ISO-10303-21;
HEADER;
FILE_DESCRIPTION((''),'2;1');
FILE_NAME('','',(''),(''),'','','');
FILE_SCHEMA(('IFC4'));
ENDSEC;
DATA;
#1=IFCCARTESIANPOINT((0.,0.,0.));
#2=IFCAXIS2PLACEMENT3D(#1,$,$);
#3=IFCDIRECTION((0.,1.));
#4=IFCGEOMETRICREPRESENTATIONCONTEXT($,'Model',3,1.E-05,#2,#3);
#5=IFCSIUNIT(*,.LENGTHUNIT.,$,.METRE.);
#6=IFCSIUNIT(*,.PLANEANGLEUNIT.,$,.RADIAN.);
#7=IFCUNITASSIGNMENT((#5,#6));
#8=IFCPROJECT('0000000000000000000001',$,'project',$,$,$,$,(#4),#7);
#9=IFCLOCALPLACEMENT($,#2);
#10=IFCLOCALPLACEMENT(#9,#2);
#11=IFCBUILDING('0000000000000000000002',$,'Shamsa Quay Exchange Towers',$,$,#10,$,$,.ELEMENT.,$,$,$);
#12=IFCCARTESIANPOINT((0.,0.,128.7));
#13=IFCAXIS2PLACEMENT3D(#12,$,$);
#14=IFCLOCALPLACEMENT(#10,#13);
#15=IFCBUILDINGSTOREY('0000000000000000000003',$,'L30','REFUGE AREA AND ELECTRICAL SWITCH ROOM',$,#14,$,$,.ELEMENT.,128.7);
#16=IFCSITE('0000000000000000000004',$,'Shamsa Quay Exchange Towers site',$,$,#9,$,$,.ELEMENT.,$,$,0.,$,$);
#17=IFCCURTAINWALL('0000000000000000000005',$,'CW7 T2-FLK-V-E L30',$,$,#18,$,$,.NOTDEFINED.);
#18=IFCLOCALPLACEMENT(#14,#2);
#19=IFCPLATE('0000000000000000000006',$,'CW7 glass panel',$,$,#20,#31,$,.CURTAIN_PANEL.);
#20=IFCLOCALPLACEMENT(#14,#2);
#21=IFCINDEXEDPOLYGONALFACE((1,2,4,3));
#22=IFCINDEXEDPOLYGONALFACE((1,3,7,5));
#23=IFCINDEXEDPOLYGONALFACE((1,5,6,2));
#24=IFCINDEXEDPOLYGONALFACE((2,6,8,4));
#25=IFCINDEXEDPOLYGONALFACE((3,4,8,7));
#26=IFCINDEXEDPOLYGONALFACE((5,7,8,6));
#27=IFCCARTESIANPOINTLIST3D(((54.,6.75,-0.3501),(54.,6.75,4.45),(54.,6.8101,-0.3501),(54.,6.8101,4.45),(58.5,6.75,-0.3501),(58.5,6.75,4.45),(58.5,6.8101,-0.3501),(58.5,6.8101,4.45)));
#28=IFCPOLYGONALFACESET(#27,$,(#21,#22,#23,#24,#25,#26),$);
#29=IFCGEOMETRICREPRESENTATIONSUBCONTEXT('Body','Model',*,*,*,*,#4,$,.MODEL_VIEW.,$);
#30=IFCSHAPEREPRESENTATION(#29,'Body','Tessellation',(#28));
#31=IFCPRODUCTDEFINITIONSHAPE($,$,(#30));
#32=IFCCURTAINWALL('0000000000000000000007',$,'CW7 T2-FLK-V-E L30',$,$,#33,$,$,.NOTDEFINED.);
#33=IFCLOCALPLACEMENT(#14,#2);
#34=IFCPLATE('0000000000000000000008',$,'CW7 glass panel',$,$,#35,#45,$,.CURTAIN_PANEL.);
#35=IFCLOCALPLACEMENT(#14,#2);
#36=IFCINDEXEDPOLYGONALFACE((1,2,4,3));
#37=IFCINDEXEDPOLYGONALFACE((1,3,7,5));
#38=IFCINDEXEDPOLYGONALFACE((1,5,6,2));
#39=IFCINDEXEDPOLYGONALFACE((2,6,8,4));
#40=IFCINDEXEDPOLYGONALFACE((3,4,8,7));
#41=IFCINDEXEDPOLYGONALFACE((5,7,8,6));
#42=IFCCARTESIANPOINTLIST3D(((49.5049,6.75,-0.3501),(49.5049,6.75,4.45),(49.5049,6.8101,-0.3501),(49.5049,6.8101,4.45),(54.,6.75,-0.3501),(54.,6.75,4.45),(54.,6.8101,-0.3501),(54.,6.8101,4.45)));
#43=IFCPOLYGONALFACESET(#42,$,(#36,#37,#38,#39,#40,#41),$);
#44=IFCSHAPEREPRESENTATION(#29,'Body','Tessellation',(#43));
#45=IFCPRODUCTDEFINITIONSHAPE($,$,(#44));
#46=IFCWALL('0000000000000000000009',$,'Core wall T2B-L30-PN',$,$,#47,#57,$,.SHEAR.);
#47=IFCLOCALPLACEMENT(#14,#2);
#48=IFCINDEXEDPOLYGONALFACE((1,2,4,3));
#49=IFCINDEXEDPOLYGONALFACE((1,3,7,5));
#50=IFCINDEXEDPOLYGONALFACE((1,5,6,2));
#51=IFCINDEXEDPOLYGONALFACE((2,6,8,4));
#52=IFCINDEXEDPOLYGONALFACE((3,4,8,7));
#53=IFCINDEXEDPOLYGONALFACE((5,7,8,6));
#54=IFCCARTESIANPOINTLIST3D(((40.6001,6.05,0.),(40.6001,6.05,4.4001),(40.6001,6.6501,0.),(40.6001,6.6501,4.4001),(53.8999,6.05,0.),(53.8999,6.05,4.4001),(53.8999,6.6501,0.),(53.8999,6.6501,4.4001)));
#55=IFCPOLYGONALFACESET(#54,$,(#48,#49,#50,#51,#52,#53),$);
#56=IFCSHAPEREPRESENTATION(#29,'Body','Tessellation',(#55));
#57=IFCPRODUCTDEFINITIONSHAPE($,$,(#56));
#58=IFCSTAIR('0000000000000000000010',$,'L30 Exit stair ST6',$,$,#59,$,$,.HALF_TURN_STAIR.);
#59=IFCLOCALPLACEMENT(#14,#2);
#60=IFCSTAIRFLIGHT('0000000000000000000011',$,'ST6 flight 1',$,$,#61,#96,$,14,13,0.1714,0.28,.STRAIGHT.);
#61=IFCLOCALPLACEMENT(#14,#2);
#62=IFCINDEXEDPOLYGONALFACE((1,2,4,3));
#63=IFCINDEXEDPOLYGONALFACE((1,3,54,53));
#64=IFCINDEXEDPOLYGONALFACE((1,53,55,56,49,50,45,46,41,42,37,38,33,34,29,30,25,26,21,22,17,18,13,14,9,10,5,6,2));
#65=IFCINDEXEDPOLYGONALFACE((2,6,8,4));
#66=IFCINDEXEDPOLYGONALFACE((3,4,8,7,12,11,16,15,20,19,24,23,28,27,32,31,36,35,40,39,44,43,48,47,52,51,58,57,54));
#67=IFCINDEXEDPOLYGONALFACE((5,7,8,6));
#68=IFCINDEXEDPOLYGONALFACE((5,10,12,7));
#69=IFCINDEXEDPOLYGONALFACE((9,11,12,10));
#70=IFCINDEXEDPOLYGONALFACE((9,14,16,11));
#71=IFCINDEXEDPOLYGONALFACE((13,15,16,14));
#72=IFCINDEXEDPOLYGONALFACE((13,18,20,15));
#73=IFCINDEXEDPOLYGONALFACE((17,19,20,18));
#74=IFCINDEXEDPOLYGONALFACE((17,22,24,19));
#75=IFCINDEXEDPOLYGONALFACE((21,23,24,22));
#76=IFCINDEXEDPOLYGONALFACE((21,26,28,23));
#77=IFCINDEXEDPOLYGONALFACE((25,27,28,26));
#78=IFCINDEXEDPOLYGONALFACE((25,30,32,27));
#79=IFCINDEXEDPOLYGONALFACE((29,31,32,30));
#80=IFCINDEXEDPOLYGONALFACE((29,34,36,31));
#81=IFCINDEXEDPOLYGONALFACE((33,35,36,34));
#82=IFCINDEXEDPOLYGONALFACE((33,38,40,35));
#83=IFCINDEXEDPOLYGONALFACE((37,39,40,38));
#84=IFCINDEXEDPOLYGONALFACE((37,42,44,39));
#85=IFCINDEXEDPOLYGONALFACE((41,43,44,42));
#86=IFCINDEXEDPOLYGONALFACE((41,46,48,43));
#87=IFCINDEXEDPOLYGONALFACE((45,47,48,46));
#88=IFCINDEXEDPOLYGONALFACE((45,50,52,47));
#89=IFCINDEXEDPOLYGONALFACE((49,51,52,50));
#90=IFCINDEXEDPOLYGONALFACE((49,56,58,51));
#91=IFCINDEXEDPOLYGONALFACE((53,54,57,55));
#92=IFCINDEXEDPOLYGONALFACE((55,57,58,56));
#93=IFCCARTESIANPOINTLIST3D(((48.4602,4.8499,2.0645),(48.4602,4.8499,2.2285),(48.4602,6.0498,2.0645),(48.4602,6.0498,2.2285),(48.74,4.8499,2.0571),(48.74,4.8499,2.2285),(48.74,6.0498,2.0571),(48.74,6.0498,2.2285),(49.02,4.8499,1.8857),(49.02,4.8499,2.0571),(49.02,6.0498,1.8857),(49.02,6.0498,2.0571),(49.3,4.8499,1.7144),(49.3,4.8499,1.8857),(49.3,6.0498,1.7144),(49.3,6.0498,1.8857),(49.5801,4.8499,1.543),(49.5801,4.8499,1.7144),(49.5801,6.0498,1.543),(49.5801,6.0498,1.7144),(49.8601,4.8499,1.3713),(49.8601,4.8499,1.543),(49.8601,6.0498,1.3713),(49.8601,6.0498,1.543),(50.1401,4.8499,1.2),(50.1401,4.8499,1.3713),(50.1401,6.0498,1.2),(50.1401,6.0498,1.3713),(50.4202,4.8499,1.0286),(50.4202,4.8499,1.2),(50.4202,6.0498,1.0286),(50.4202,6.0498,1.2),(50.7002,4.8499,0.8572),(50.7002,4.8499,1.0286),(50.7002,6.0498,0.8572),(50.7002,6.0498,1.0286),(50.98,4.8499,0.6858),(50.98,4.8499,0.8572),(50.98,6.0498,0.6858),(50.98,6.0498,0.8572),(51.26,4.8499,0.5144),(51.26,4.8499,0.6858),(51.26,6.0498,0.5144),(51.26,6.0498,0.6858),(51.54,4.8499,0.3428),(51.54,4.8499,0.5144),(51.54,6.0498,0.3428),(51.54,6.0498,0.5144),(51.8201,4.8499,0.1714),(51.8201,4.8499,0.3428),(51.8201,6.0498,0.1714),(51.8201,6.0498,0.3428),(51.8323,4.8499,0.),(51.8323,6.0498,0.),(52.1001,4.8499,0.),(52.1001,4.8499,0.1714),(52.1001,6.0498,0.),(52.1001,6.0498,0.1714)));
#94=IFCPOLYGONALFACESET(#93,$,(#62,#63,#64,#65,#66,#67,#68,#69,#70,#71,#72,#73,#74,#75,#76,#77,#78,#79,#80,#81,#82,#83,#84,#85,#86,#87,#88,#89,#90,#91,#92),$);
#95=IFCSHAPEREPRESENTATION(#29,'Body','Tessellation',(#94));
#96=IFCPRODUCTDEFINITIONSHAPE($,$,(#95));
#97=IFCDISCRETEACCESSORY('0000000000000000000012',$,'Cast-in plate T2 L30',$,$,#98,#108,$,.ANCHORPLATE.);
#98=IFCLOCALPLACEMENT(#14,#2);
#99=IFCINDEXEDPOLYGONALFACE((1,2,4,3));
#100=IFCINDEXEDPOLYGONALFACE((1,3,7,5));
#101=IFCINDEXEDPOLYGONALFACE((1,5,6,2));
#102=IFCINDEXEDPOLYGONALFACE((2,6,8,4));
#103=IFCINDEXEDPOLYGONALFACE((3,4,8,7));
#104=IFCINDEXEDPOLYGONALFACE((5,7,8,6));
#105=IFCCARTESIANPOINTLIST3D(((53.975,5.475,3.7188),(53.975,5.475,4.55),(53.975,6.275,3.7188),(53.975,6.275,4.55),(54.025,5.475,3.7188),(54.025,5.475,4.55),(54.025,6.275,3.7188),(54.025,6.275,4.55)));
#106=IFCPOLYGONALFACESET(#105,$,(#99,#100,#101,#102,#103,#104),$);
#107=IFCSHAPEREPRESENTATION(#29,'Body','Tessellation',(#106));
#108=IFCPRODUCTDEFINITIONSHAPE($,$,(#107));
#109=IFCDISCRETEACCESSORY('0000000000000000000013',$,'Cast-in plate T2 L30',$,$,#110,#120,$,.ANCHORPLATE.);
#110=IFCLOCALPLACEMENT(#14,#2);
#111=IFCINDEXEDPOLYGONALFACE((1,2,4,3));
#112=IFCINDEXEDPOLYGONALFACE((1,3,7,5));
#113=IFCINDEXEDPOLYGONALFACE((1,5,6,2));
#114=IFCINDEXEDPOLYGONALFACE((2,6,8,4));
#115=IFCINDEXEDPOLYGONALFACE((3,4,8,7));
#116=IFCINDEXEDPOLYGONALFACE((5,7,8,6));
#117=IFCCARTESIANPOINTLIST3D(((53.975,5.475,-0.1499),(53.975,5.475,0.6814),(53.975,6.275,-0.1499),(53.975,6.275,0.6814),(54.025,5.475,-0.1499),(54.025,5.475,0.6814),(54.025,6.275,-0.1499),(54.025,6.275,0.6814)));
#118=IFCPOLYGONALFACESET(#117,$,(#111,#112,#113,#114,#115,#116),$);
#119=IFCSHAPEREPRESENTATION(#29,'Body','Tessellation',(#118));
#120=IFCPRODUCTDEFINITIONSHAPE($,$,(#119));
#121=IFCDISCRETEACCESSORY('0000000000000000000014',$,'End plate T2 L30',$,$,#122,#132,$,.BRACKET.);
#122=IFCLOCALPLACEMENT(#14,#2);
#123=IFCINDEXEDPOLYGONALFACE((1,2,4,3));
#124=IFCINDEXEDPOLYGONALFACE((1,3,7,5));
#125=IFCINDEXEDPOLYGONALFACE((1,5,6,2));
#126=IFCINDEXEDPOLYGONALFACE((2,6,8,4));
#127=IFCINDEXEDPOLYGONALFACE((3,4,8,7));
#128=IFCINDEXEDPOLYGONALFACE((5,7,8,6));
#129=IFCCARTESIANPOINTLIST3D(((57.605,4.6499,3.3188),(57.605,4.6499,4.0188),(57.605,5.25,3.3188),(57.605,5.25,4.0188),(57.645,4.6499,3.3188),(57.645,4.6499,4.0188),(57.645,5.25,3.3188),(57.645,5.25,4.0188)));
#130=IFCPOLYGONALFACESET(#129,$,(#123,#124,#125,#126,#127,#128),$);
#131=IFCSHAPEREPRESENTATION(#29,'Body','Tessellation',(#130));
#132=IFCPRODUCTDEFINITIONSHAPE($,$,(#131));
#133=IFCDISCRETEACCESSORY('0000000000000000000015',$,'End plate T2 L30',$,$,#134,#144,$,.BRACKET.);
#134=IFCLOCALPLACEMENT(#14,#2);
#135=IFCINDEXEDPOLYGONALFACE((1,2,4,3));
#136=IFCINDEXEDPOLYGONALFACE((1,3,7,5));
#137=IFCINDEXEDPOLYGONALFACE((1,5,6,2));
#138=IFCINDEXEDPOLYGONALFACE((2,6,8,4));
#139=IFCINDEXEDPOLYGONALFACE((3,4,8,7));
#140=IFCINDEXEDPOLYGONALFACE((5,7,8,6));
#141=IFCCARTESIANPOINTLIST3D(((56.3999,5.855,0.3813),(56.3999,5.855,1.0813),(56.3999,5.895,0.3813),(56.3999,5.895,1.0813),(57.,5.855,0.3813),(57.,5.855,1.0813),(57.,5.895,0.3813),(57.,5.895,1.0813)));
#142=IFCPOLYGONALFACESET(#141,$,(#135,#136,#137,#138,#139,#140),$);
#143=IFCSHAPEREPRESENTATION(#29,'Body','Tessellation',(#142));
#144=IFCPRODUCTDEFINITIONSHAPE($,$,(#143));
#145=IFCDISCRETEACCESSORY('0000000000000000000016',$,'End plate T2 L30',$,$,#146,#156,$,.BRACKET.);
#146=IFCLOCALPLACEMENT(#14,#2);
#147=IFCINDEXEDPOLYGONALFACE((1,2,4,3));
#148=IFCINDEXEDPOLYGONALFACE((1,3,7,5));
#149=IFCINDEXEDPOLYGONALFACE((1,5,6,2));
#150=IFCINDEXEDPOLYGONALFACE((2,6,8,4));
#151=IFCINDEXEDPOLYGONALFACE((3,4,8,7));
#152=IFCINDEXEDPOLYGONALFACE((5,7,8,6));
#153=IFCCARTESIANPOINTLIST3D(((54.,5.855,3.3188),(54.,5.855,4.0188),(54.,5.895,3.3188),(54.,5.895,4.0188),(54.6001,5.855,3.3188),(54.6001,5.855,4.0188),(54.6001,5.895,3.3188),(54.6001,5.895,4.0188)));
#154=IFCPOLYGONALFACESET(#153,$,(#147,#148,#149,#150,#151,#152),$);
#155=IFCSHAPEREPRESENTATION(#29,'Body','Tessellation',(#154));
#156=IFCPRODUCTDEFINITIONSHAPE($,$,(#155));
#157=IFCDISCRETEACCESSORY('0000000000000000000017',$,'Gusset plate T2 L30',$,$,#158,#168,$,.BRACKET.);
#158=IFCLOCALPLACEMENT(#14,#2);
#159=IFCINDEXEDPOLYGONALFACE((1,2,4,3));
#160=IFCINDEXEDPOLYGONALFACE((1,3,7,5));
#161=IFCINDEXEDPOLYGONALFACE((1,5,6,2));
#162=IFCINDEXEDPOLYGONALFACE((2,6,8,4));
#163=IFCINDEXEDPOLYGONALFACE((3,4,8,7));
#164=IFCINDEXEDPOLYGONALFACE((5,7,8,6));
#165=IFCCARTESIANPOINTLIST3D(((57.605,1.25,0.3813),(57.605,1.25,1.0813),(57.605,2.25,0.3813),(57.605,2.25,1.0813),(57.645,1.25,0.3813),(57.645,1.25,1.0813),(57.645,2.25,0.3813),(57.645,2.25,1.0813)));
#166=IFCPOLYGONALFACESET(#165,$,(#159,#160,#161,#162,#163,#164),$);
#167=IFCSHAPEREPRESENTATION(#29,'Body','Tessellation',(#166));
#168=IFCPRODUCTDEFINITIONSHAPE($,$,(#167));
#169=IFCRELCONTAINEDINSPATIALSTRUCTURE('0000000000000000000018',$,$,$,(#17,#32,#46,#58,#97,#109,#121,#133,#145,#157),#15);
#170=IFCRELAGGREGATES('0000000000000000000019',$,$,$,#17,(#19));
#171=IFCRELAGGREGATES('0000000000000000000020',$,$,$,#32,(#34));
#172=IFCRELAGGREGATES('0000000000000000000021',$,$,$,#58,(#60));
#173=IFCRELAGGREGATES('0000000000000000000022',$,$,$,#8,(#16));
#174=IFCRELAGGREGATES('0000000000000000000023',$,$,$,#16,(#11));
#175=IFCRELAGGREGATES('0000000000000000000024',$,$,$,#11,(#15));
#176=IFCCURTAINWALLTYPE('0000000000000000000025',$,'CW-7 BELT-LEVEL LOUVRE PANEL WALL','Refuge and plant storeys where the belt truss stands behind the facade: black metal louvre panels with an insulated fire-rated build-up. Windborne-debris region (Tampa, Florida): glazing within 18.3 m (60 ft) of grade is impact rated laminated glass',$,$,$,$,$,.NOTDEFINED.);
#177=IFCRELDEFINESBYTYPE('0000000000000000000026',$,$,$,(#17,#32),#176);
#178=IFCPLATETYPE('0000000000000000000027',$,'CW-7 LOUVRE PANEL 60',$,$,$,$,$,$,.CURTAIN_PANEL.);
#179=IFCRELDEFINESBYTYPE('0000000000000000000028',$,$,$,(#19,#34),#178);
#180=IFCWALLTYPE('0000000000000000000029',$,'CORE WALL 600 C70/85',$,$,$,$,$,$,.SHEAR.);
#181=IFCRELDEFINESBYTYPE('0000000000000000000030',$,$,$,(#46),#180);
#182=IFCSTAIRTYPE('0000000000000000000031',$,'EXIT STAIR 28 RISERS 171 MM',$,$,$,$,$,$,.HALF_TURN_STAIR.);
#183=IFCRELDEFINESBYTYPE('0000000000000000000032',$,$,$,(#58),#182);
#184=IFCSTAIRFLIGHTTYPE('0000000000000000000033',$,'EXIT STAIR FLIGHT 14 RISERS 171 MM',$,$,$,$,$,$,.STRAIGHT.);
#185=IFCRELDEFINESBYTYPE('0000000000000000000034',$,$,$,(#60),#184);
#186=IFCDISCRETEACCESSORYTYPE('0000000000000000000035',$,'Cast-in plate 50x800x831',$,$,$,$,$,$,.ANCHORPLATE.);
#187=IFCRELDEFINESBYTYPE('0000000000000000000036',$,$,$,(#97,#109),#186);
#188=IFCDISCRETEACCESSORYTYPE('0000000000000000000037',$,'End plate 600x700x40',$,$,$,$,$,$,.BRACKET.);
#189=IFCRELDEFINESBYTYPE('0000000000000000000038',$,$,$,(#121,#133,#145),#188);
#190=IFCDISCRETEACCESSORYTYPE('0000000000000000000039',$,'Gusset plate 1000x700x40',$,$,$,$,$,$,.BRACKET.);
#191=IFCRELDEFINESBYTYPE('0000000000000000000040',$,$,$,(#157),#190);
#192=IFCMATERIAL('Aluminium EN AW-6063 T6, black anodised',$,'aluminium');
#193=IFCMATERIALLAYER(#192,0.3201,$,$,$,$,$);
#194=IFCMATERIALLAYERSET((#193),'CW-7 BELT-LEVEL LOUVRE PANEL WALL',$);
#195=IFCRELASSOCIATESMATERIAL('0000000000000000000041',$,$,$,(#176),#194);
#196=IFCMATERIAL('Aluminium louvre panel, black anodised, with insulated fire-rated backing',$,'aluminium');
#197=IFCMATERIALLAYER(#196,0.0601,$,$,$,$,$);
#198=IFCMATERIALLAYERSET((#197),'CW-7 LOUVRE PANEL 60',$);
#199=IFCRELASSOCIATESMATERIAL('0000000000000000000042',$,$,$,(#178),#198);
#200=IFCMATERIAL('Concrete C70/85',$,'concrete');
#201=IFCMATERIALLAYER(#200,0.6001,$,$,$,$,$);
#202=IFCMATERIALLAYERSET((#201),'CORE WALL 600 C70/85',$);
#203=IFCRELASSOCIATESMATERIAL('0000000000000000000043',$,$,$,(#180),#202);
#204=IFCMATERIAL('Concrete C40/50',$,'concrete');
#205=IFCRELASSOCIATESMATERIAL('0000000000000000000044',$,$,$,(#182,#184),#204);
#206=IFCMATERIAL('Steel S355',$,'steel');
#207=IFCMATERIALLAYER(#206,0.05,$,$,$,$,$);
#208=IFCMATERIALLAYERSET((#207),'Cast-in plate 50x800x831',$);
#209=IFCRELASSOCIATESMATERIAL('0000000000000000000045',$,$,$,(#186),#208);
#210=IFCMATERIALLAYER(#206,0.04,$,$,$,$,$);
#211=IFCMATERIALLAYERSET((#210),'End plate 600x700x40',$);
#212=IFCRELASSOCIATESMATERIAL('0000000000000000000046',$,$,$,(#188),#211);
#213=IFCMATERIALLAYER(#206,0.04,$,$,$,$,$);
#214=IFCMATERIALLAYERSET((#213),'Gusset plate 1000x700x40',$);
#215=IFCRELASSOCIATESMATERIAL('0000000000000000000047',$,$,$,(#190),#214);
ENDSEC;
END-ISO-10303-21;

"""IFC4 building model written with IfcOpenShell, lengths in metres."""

from ifc_helpers import new_model, si_unit, direction, frame, frame_2d, origin, origin_2d, place, context, subcontext, project, spatial, polyline, rectangle, outline, extrude, material, layer, layer_set, type_object, element, aggregate, save


model = new_model("IFC4")

# Units and contexts
model_context = context("Model", 3, precision=1e-05, world=origin(), true_north=direction((0.0, 1.0)))
body_context = subcontext(model_context, "Body", "Model", "MODEL_VIEW")
ifc_project = project(units=[si_unit("LENGTHUNIT", "METRE"), si_unit("PLANEANGLEUNIT", "RADIAN")], contexts=[model_context])

# Site, building, storey
site_placement = place(None, origin())
site = spatial("IfcSite", under=ifc_project, at=site_placement, Name="Shamsa Quay Exchange Towers site", CompositionType="ELEMENT", RefElevation=0.0)
building_placement = place(site_placement, origin())
building = spatial("IfcBuilding", under=site, at=building_placement, Name="Shamsa Quay Exchange Towers", CompositionType="ELEMENT")
storey_placement = place(building_placement, frame((0.0, 0.0, 128.7)))
storey = spatial("IfcBuildingStorey", under=building, at=storey_placement, Name="L30", Description="REFUGE AREA AND ELECTRICAL SWITCH ROOM", CompositionType="ELEMENT", Elevation=128.7)

# Shared definitions
ifc_material_1 = material(Name="Steel S355", Category="steel")

# Curtain walls, plates
ifc_material_2 = material(Name="Aluminium EN AW-6063 T6, black anodised", Category="aluminium")
ifc_layer_1 = layer(ifc_material_2, 0.3201)
ifc_layer_set_1 = layer_set([ifc_layer_1], Name="CW-7 BELT-LEVEL LOUVRE PANEL WALL")
curtain_wall_type = type_object("IfcCurtainWallType", Name="CW-7 BELT-LEVEL LOUVRE PANEL WALL", Description="Refuge and plant storeys where the belt truss stands behind the facade: black metal louvre panels with an insulated fire-rated build-up. Windborne-debris region (Tampa, Florida): glazing within 18.3 m (60 ft) of grade is impact rated laminated glass", PredefinedType="NOTDEFINED", material=ifc_layer_set_1)
ifc_material_3 = material(Name="Aluminium louvre panel, black anodised, with insulated fire-rated backing", Category="aluminium")
ifc_layer_2 = layer(ifc_material_3, 0.0601)
ifc_layer_set_2 = layer_set([ifc_layer_2], Name="CW-7 LOUVRE PANEL 60")
plate_type = type_object("IfcPlateType", Name="CW-7 LOUVRE PANEL 60", PredefinedType="CURTAIN_PANEL", material=ifc_layer_set_2)
curtain_wall_1_placement = place(storey_placement, origin())
curtain_wall_1 = element("IfcCurtainWall", 1, at=curtain_wall_1_placement, inside=storey, type_object=curtain_wall_type, Name="CW7 T2-FLK-V-E L30", PredefinedType="NOTDEFINED")
plate_1_placement = place(storey_placement, frame((56.25, 6.78, -0.3501), z_axis=(0.0, 0.0, 1.0), x_axis=(-1.0, 0.0, 0.0)))
plate_1 = element("IfcPlate", 2, at=plate_1_placement, type_object=plate_type, Name="CW7 glass panel", PredefinedType="CURTAIN_PANEL", context=body_context, shape_type="SweptSolid", body=[
    extrude(rectangle(XDim=4.5, YDim=0.0601, at=origin_2d()), origin(), (0.0, 0.0, 1.0), 4.8),
])
aggregate(curtain_wall_1, [plate_1])
curtain_wall_2_placement = place(storey_placement, origin())
curtain_wall_2 = element("IfcCurtainWall", 3, at=curtain_wall_2_placement, inside=storey, type_object=curtain_wall_type, Name="CW7 T2-FLK-V-E L30", PredefinedType="NOTDEFINED")
plate_2_placement = place(storey_placement, frame((51.7524, 6.78, -0.3501), z_axis=(0.0, 0.0, 1.0), x_axis=(-1.0, 0.0, 0.0)))
plate_2 = element("IfcPlate", 4, at=plate_2_placement, type_object=plate_type, Name="CW7 glass panel", PredefinedType="CURTAIN_PANEL", context=body_context, shape_type="SweptSolid", body=[
    extrude(rectangle(XDim=4.4951, YDim=0.0601, at=origin_2d()), origin(), (0.0, 0.0, 1.0), 4.8),
])
aggregate(curtain_wall_2, [plate_2])

# Wall
ifc_material_4 = material(Name="Concrete C70/85", Category="concrete")
ifc_layer_3 = layer(ifc_material_4, 0.6001)
ifc_layer_set_3 = layer_set([ifc_layer_3], Name="CORE WALL 600 C70/85")
wall_type = type_object("IfcWallType", Name="CORE WALL 600 C70/85", PredefinedType="SHEAR", material=ifc_layer_set_3)
wall_placement = place(storey_placement, frame((53.8999, 6.3501, 0.0), z_axis=(0.0, 0.0, 1.0), x_axis=(-1.0, 0.0, 0.0)))
element("IfcWall", 5, at=wall_placement, inside=storey, type_object=wall_type, Name="Core wall T2B-L30-PN", PredefinedType="SHEAR", context=body_context, shape_type="SweptSolid", body=[
    extrude(rectangle(XDim=13.2998, YDim=0.6001, at=frame_2d((6.6499, 0.0))), origin(), (0.0, 0.0, 1.0), 4.4001),
])

# Stair, stair flight
ifc_material_5 = material(Name="Concrete C40/50", Category="concrete")
stair_type = type_object("IfcStairType", Name="EXIT STAIR 28 RISERS 171 MM", PredefinedType="HALF_TURN_STAIR", material=ifc_material_5)
stair_placement = place(storey_placement, origin())
stair = element("IfcStair", 6, at=stair_placement, inside=storey, type_object=stair_type, Name="L30 Exit stair ST6", PredefinedType="HALF_TURN_STAIR")
stair_flight_type = type_object("IfcStairFlightType", Name="EXIT STAIR FLIGHT 14 RISERS 171 MM", PredefinedType="STRAIGHT", material=ifc_material_5)
stair_flight_placement = place(storey_placement, frame((52.1001, 5.45, 0.0), z_axis=(0.0, 0.0, 1.0), x_axis=(-1.0, 0.0, 0.0)))
stair_flight = element("IfcStairFlight", 7, at=stair_flight_placement, type_object=stair_flight_type, Name="ST6 flight 1", NumberOfRisers=14, NumberOfTreads=13, PredefinedType="STRAIGHT", RiserHeight=0.1714, TreadLength=0.28, context=body_context, shape_type="SweptSolid", body=[
    extrude(outline(polyline([(0.0, 0.0), (0.0, 0.1714), (0.28, 0.1714), (0.28, 0.3428), (0.5601, 0.3428), (0.5601, 0.5144), (0.8401, 0.5144), (0.8401, 0.6858), (1.1201, 0.6858), (1.1201, 0.8572), (1.3999, 0.8572), (1.3999, 1.0286), (1.6799, 1.0286), (1.6799, 1.2), (1.96, 1.2), (1.96, 1.3713), (2.24, 1.3713), (2.24, 1.543), (2.52, 1.543), (2.52, 1.7144), (2.8, 1.7144), (2.8, 1.8857), (3.0801, 1.8857), (3.0801, 2.0571), (3.3601, 2.0571), (3.3601, 2.2285), (3.6399, 2.2285), (3.6399, 2.3999), (3.6399, 2.0645), (0.2678, 0.0), (0.0, 0.0)])), frame((0.0, 0.6001, 0.0), z_axis=(0.0, -1.0, 0.0), x_axis=(1.0, 0.0, 0.0)), (0.0, 0.0, 1.0), 1.2),
])
aggregate(stair, [stair_flight])

# Discrete accessories
ifc_layer_4 = layer(ifc_material_1, 0.05)
ifc_layer_set_4 = layer_set([ifc_layer_4], Name="Cast-in plate 50x800x831")
discrete_accessory_type_1 = type_object("IfcDiscreteAccessoryType", Name="Cast-in plate 50x800x831", PredefinedType="ANCHORPLATE", material=ifc_layer_set_4)
for number, where, z_axis, x_axis, name in (
    (8, (54.0, 5.875, 3.7188), (0.0, 0.0, 1.0), (-1.0, 0.0, 0.0), "Cast-in plate T2 L30"),
    (9, (54.0, 5.875, -0.1499), (0.0, 0.0, 1.0), (-1.0, 0.0, 0.0), "Cast-in plate T2 L30"),
):
    element("IfcDiscreteAccessory", number, at=place(storey_placement, frame(where, z_axis=z_axis, x_axis=x_axis)), inside=storey, type_object=discrete_accessory_type_1, Name=name, PredefinedType="ANCHORPLATE", context=body_context, shape_type="SweptSolid", body=[
        extrude(rectangle(XDim=0.05, YDim=0.8, at=origin_2d()), origin(), (0.0, 0.0, 1.0), 0.8313),
    ])
ifc_layer_5 = layer(ifc_material_1, 0.04)
ifc_layer_set_5 = layer_set([ifc_layer_5], Name="End plate 600x700x40")
discrete_accessory_type_2 = type_object("IfcDiscreteAccessoryType", Name="End plate 600x700x40", PredefinedType="BRACKET", material=ifc_layer_set_5)
for number, where, z_axis, x_axis, name in (
    (10, (57.625, 4.95, 3.3188), (0.0, 0.0, 1.0), (0.0, 1.0, 0.0), "End plate T2 L30"),
    (11, (56.7, 5.875, 0.3813), (0.0, 0.0, 1.0), (-1.0, 0.0, 0.0), "End plate T2 L30"),
    (12, (54.3, 5.875, 3.3188), (0.0, 0.0, 1.0), (-1.0, 0.0, 0.0), "End plate T2 L30"),
):
    element("IfcDiscreteAccessory", number, at=place(storey_placement, frame(where, z_axis=z_axis, x_axis=x_axis)), inside=storey, type_object=discrete_accessory_type_2, Name=name, PredefinedType="BRACKET", context=body_context, shape_type="SweptSolid", body=[
        extrude(rectangle(XDim=0.6001, YDim=0.04, at=origin_2d()), origin(), (0.0, 0.0, 1.0), 0.7),
    ])
ifc_layer_6 = layer(ifc_material_1, 0.04)
ifc_layer_set_6 = layer_set([ifc_layer_6], Name="Gusset plate 1000x700x40")
discrete_accessory_type_3 = type_object("IfcDiscreteAccessoryType", Name="Gusset plate 1000x700x40", PredefinedType="BRACKET", material=ifc_layer_set_6)
discrete_accessory_placement = place(storey_placement, frame((57.625, 1.75, 0.3813), z_axis=(0.0, 0.0, 1.0), x_axis=(0.0, 1.0, 0.0)))
element("IfcDiscreteAccessory", 13, at=discrete_accessory_placement, inside=storey, type_object=discrete_accessory_type_3, Name="Gusset plate T2 L30", PredefinedType="BRACKET", context=body_context, shape_type="SweptSolid", body=[
    extrude(rectangle(XDim=1.0, YDim=0.04, at=origin_2d()), origin(), (0.0, 0.0, 1.0), 0.7),
])

save(model, "model.ifc")
